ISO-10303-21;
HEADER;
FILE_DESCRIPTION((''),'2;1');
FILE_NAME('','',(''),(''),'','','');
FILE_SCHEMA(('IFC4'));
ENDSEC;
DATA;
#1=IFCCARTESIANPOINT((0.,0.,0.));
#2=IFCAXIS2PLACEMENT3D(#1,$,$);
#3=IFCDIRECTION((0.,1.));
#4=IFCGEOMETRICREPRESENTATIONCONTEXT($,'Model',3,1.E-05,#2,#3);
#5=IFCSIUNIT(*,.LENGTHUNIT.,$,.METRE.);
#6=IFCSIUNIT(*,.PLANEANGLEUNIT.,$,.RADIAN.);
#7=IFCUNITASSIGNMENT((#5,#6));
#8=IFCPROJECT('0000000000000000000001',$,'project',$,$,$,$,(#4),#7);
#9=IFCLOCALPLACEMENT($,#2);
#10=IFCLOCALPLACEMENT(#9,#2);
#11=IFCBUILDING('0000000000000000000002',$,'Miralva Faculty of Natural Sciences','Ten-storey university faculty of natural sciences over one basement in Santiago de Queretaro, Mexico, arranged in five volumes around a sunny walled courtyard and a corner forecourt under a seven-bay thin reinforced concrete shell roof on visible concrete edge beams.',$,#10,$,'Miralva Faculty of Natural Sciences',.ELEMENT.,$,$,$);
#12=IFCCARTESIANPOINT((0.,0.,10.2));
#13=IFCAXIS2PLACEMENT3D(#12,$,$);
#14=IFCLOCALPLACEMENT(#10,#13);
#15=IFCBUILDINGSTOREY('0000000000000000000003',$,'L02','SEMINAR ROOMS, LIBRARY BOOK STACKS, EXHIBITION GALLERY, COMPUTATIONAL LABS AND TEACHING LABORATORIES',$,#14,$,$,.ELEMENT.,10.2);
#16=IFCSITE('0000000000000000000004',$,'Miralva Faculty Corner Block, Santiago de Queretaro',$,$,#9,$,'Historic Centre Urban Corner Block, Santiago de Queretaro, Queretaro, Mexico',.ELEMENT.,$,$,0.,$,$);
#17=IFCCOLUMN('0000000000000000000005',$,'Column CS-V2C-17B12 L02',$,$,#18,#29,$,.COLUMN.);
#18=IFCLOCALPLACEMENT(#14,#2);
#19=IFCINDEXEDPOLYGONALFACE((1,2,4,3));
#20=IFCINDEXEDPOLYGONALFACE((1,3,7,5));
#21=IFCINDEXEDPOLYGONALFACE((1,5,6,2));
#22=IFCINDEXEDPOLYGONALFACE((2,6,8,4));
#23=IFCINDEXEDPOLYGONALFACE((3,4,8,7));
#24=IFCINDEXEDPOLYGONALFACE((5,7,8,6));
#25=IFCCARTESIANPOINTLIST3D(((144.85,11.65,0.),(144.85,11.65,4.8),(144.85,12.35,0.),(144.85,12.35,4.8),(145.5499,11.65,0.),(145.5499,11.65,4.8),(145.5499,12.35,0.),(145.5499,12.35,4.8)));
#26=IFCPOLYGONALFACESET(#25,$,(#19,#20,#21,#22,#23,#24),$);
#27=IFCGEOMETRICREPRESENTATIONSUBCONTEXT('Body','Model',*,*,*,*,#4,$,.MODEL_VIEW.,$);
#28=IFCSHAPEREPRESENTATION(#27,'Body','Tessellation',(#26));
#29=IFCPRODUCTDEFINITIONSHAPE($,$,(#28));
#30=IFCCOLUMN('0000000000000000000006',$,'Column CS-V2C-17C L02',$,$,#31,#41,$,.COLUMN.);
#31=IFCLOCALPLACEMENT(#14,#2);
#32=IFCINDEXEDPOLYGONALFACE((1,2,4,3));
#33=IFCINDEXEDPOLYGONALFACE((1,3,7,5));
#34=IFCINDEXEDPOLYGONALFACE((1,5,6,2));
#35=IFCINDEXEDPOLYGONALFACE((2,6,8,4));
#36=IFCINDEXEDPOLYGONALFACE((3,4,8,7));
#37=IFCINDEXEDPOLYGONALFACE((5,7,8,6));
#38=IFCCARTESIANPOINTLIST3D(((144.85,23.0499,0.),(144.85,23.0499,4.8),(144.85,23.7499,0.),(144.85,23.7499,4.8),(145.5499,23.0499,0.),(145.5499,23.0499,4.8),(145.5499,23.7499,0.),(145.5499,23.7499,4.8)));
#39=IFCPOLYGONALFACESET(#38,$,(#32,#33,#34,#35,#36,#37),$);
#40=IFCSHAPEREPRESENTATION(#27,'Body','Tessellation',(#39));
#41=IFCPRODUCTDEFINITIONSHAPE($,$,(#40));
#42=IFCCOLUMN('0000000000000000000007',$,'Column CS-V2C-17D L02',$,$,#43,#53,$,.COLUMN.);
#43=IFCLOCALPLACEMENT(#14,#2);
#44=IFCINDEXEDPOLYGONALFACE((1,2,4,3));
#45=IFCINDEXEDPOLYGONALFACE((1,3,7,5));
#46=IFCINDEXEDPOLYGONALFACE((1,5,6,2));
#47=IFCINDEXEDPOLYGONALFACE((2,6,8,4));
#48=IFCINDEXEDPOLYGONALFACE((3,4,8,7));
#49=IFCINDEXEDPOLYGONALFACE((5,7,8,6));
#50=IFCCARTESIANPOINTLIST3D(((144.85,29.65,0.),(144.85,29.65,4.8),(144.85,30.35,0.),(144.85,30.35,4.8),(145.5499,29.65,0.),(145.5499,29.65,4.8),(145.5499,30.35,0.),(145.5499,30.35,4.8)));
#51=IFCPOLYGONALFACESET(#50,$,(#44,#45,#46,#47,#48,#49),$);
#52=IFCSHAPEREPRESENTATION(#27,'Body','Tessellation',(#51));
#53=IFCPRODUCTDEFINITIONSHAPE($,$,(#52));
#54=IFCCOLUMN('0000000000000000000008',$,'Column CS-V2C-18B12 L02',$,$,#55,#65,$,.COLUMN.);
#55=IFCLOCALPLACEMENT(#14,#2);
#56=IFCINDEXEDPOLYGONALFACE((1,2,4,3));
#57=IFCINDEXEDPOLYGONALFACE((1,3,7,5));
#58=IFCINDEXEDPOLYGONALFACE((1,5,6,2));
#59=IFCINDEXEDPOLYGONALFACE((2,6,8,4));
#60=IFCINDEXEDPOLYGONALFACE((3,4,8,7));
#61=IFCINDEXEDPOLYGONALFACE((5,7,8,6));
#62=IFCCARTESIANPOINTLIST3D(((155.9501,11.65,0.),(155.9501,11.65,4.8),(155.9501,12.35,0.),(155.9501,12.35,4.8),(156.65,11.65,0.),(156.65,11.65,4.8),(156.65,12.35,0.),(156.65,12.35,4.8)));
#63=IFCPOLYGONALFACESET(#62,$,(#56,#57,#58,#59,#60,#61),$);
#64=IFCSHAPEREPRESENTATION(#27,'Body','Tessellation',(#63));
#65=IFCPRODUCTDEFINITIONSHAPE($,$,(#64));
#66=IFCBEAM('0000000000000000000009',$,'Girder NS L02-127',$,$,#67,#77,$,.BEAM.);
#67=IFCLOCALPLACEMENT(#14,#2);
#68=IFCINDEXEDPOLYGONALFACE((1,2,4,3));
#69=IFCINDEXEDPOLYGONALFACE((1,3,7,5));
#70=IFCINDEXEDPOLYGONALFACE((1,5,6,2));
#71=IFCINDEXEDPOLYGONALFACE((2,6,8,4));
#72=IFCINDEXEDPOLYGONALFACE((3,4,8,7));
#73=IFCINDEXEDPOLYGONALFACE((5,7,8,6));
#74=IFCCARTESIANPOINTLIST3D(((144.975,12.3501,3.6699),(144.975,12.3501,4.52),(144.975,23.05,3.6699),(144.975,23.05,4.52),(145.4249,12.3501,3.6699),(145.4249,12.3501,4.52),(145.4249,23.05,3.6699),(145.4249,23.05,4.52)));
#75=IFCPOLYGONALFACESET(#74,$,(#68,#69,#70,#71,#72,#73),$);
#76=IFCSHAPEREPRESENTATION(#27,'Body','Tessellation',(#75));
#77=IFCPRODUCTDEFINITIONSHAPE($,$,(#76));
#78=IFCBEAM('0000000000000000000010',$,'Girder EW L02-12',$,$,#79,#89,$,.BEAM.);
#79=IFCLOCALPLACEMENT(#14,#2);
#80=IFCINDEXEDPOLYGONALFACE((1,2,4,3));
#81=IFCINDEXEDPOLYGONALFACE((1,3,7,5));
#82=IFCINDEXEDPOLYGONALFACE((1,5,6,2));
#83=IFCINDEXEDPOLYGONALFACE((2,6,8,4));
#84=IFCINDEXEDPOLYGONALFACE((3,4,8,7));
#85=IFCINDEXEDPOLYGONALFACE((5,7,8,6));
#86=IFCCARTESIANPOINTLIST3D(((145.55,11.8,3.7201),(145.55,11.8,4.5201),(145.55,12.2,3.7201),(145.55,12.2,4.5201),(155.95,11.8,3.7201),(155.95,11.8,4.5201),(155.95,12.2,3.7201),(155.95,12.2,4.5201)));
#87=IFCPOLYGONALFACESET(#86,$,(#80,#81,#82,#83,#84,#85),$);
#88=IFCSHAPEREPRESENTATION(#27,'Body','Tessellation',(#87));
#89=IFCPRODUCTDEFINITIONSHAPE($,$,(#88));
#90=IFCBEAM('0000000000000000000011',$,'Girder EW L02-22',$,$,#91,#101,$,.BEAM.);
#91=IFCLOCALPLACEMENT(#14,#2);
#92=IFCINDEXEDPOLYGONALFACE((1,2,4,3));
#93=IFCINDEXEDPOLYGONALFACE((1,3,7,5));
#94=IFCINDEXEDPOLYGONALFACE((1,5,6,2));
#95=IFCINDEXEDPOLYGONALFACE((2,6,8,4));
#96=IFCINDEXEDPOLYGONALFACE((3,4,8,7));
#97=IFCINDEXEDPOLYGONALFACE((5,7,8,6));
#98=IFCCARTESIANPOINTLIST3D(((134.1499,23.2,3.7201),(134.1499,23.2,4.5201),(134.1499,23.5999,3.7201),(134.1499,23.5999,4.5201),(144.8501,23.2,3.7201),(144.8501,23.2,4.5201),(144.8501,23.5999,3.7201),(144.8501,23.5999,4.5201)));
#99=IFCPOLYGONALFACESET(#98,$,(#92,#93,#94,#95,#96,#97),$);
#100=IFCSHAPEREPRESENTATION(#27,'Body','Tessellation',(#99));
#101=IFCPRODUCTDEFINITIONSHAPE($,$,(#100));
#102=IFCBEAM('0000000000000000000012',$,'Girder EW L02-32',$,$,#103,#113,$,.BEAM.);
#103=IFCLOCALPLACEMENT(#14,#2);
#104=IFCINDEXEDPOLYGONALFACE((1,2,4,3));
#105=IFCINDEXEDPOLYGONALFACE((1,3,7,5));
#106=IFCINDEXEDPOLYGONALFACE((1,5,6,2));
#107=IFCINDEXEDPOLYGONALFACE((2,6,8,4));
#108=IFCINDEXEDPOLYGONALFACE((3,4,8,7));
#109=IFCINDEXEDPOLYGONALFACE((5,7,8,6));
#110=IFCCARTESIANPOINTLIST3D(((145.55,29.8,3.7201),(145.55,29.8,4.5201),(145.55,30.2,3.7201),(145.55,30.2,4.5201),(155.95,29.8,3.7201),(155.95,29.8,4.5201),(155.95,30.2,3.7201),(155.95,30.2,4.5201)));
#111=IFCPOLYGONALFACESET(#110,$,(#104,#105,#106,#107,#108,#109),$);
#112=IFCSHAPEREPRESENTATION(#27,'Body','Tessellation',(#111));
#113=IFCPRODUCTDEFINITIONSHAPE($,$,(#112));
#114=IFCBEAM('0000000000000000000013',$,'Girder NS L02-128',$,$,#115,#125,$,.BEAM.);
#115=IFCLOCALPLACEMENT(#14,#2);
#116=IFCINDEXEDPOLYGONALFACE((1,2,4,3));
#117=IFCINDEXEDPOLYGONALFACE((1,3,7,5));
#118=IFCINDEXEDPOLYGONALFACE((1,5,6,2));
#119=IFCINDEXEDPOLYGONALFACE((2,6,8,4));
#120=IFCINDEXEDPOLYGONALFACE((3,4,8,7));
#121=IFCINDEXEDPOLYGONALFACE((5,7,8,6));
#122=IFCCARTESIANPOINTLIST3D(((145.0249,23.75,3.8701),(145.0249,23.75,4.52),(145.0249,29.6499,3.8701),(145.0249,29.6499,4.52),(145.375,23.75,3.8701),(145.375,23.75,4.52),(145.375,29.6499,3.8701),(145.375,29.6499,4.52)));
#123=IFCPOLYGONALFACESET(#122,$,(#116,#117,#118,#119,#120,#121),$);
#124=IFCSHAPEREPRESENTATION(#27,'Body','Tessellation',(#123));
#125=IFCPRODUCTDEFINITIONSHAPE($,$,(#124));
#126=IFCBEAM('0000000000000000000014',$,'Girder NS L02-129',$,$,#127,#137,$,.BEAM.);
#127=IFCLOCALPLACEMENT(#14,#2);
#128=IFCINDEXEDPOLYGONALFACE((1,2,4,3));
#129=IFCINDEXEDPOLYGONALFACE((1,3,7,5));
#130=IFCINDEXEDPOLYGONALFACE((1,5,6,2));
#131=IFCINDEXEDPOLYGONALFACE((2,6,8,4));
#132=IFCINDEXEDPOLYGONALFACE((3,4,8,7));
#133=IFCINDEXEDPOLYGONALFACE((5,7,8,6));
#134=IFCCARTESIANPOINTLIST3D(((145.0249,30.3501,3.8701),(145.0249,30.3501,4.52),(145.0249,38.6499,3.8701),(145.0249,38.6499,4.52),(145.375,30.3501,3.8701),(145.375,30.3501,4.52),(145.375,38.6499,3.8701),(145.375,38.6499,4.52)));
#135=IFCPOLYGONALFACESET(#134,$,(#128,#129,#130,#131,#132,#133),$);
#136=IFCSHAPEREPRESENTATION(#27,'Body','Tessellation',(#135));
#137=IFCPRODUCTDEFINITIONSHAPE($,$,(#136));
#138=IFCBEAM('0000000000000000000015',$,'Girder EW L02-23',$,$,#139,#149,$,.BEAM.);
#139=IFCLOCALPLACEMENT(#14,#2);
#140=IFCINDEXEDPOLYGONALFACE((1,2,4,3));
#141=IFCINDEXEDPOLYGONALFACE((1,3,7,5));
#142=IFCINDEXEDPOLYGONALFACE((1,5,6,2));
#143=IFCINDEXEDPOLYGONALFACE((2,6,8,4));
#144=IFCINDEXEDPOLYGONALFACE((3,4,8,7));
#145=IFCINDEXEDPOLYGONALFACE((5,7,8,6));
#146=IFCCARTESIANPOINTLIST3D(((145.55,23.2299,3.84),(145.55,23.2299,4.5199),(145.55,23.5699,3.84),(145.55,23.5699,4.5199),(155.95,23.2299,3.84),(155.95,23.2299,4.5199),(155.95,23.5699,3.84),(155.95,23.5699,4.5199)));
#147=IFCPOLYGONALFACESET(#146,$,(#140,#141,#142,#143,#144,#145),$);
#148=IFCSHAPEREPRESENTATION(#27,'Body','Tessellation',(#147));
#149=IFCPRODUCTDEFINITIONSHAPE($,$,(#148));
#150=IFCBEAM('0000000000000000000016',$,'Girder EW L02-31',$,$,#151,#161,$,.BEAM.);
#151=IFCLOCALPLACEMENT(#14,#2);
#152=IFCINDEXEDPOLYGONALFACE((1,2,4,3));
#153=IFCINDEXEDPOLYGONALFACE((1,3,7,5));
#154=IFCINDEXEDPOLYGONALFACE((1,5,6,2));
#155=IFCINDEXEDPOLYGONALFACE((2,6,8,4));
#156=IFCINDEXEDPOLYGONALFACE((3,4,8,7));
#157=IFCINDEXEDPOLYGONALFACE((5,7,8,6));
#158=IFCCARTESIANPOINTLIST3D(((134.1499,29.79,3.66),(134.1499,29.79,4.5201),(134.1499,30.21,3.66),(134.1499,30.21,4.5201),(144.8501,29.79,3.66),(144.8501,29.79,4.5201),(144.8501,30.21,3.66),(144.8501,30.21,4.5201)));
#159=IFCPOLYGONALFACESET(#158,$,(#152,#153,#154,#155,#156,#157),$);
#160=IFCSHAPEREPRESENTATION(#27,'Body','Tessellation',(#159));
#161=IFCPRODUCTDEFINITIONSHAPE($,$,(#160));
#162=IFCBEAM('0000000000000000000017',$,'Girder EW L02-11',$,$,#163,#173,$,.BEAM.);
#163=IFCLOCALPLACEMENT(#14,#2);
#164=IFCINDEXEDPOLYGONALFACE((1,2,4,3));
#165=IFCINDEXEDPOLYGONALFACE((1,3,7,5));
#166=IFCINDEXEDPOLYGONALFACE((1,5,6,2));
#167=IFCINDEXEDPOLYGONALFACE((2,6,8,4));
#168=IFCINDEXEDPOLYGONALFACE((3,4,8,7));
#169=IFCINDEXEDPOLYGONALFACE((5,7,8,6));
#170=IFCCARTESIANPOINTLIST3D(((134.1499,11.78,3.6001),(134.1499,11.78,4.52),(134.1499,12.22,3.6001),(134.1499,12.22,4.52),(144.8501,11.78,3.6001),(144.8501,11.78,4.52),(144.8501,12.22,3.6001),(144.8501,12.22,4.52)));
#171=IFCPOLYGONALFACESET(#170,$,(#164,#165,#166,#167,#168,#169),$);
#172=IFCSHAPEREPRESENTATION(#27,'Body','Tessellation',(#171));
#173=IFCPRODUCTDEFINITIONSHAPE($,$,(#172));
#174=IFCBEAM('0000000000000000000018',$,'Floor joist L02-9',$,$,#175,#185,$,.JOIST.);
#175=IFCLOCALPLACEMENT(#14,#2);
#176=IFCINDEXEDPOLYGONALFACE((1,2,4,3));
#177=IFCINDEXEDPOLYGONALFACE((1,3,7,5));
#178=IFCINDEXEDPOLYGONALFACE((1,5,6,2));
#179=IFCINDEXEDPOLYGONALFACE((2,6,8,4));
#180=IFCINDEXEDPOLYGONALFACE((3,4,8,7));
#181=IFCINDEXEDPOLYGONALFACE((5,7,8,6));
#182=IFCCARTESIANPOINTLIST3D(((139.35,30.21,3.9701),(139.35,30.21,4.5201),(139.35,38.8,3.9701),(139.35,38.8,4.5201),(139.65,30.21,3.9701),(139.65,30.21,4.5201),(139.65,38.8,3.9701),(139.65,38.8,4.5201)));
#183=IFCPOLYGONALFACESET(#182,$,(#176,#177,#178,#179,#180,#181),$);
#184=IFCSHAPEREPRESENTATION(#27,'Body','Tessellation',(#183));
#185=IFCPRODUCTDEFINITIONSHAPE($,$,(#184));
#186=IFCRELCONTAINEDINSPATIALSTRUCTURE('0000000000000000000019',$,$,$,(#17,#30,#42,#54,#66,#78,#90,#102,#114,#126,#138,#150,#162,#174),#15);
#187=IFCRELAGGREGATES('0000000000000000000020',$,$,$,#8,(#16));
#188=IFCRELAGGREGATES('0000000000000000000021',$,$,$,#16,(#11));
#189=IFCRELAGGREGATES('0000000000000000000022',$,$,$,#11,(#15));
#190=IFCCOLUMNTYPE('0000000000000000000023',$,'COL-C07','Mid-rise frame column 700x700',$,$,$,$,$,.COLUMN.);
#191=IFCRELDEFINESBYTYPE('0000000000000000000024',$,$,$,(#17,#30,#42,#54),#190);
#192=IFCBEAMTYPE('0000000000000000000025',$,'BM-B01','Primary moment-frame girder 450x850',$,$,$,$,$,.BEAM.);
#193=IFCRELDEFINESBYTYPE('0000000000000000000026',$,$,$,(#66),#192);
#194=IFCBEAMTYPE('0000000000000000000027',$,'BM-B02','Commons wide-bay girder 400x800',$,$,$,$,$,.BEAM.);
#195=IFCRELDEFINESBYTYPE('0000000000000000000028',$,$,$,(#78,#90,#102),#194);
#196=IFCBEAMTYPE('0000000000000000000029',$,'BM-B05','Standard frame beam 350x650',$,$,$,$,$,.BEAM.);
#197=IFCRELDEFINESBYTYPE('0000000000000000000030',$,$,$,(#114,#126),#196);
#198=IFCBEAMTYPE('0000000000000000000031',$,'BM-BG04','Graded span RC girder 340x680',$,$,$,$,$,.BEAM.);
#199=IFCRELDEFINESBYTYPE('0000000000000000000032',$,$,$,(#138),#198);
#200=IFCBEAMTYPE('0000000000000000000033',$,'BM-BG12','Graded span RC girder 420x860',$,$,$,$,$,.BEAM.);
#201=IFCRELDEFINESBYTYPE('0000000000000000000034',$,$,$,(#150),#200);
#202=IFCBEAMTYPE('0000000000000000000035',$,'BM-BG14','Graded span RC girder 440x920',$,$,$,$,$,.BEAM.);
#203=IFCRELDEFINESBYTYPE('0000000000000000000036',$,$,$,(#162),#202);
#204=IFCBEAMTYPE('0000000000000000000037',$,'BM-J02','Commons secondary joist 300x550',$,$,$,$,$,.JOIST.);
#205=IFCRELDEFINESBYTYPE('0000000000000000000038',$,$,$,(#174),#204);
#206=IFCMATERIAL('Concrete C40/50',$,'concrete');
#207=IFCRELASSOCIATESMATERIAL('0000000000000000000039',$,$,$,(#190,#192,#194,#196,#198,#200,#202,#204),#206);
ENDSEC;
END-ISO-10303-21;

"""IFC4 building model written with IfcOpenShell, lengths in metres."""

from ifc_helpers import new_model, si_unit, direction, frame, origin, origin_2d, place, context, subcontext, project, spatial, rectangle, extrude, material, material_profile, profile_set, type_object, element, save


model = new_model("IFC4")

# Units and contexts
model_context = context("Model", 3, precision=1e-05, world=origin(), true_north=direction((0.0, 1.0)))
body_context = subcontext(model_context, "Body", "Model", "MODEL_VIEW")
ifc_project = project(units=[si_unit("LENGTHUNIT", "METRE"), si_unit("PLANEANGLEUNIT", "RADIAN")], contexts=[model_context])

# Site, building, storey
site_placement = place(None, origin())
site = spatial("IfcSite", under=ifc_project, at=site_placement, Name="Miralva Faculty Corner Block, Santiago de Queretaro", LongName="Historic Centre Urban Corner Block, Santiago de Queretaro, Queretaro, Mexico", CompositionType="ELEMENT", RefElevation=0.0)
building_placement = place(site_placement, origin())
building = spatial("IfcBuilding", under=site, at=building_placement, Name="Miralva Faculty of Natural Sciences", Description="Ten-storey university faculty of natural sciences over one basement in Santiago de Queretaro, Mexico, arranged in five volumes around a sunny walled courtyard and a corner forecourt under a seven-bay thin reinforced concrete shell roof on visible concrete edge beams.", LongName="Miralva Faculty of Natural Sciences", CompositionType="ELEMENT")
storey_placement = place(building_placement, frame((0.0, 0.0, 10.2)))
storey = spatial("IfcBuildingStorey", under=building, at=storey_placement, Name="L02", Description="SEMINAR ROOMS, LIBRARY BOOK STACKS, EXHIBITION GALLERY, COMPUTATIONAL LABS AND TEACHING LABORATORIES", CompositionType="ELEMENT", Elevation=10.2)

# Columns
ifc_material_1 = material(Name="Concrete C40/50", Category="concrete")
ifc_material_profile_1 = material_profile(ifc_material_1, rectangle(XDim=0.7, YDim=0.7, at=origin_2d()), Name="RC 700x700")
ifc_profile_set_1 = profile_set([ifc_material_profile_1], Name="Concrete C40/50")
column_type = type_object("IfcColumnType", Name="COL-C07", Description="Mid-rise frame column 700x700", PredefinedType="COLUMN", material=ifc_profile_set_1)
for number, where, z_axis, x_axis, name in (
    (1, (145.2, 12.0, 0.0), (0.0, 0.0, 1.0), (1.0, 0.0, 0.0), "Column CS-V2C-17B12 L02"),
    (2, (145.2, 23.3999, 0.0), (0.0, 0.0, 1.0), (1.0, 0.0, 0.0), "Column CS-V2C-17C L02"),
    (3, (145.2, 30.0, 0.0), (0.0, 0.0, 1.0), (1.0, 0.0, 0.0), "Column CS-V2C-17D L02"),
    (4, (156.3, 12.0, 0.0), (0.0, 0.0, 1.0), (1.0, 0.0, 0.0), "Column CS-V2C-18B12 L02"),
):
    element("IfcColumn", number, at=place(storey_placement, frame(where, z_axis=z_axis, x_axis=x_axis)), inside=storey, type_object=column_type, Name=name, PredefinedType="COLUMN", context=body_context, shape_type="SweptSolid", body=[
        extrude(rectangle(XDim=0.7, YDim=0.7, at=origin_2d()), origin(), (0.0, 0.0, 1.0), 4.8),
    ])

# Beams
ifc_material_profile_2 = material_profile(ifc_material_1, rectangle(XDim=0.45, YDim=0.8501, at=origin_2d()), Name="RC 450x850")
ifc_profile_set_2 = profile_set([ifc_material_profile_2], Name="Concrete C40/50")
beam_type_1 = type_object("IfcBeamType", Name="BM-B01", Description="Primary moment-frame girder 450x850", PredefinedType="BEAM", material=ifc_profile_set_2)
beam_1_placement = place(storey_placement, frame((145.2, 12.3501, 4.095), z_axis=(0.0, 1.0, 0.0), x_axis=(-1.0, 0.0, 0.0)))
element("IfcBeam", 5, at=beam_1_placement, inside=storey, type_object=beam_type_1, Name="Girder NS L02-127", PredefinedType="BEAM", context=body_context, shape_type="SweptSolid", body=[
    extrude(rectangle(XDim=0.45, YDim=0.8501, at=origin_2d()), origin(), (0.0, 0.0, 1.0), 10.7),
])
ifc_material_profile_3 = material_profile(ifc_material_1, rectangle(XDim=0.3999, YDim=0.8, at=origin_2d()), Name="RC 400x800")
ifc_profile_set_3 = profile_set([ifc_material_profile_3], Name="Concrete C40/50")
beam_type_2 = type_object("IfcBeamType", Name="BM-B02", Description="Commons wide-bay girder 400x800", PredefinedType="BEAM", material=ifc_profile_set_3)
beam_2_placement = place(storey_placement, frame((145.55, 12.0, 4.1201), z_axis=(1.0, 0.0, 0.0), x_axis=(0.0, 1.0, 0.0)))
element("IfcBeam", 6, at=beam_2_placement, inside=storey, type_object=beam_type_2, Name="Girder EW L02-12", PredefinedType="BEAM", context=body_context, shape_type="SweptSolid", body=[
    extrude(rectangle(XDim=0.3999, YDim=0.8, at=origin_2d()), origin(), (0.0, 0.0, 1.0), 10.3999),
])
beam_3_placement = place(storey_placement, frame((134.1499, 23.3999, 4.1201), z_axis=(1.0, 0.0, 0.0), x_axis=(0.0, 1.0, 0.0)))
element("IfcBeam", 7, at=beam_3_placement, inside=storey, type_object=beam_type_2, Name="Girder EW L02-22", PredefinedType="BEAM", context=body_context, shape_type="SweptSolid", body=[
    extrude(rectangle(XDim=0.3999, YDim=0.8, at=origin_2d()), origin(), (0.0, 0.0, 1.0), 10.7002),
])
beam_4_placement = place(storey_placement, frame((145.55, 30.0, 4.1201), z_axis=(1.0, 0.0, 0.0), x_axis=(0.0, 1.0, 0.0)))
element("IfcBeam", 8, at=beam_4_placement, inside=storey, type_object=beam_type_2, Name="Girder EW L02-32", PredefinedType="BEAM", context=body_context, shape_type="SweptSolid", body=[
    extrude(rectangle(XDim=0.3999, YDim=0.8, at=origin_2d()), origin(), (0.0, 0.0, 1.0), 10.3999),
])
ifc_material_profile_4 = material_profile(ifc_material_1, rectangle(XDim=0.3501, YDim=0.6499, at=origin_2d()), Name="RC 350x650")
ifc_profile_set_4 = profile_set([ifc_material_profile_4], Name="Concrete C40/50")
beam_type_3 = type_object("IfcBeamType", Name="BM-B05", Description="Standard frame beam 350x650", PredefinedType="BEAM", material=ifc_profile_set_4)
beam_5_placement = place(storey_placement, frame((145.2, 23.75, 4.1951), z_axis=(0.0, 1.0, 0.0), x_axis=(-1.0, 0.0, 0.0)))
element("IfcBeam", 9, at=beam_5_placement, inside=storey, type_object=beam_type_3, Name="Girder NS L02-128", PredefinedType="BEAM", context=body_context, shape_type="SweptSolid", body=[
    extrude(rectangle(XDim=0.3501, YDim=0.6499, at=origin_2d()), origin(), (0.0, 0.0, 1.0), 5.8999),
])
beam_6_placement = place(storey_placement, frame((145.2, 30.3501, 4.1951), z_axis=(0.0, 1.0, 0.0), x_axis=(-1.0, 0.0, 0.0)))
element("IfcBeam", 10, at=beam_6_placement, inside=storey, type_object=beam_type_3, Name="Girder NS L02-129", PredefinedType="BEAM", context=body_context, shape_type="SweptSolid", body=[
    extrude(rectangle(XDim=0.3501, YDim=0.6499, at=origin_2d()), origin(), (0.0, 0.0, 1.0), 8.2998),
])
ifc_material_profile_5 = material_profile(ifc_material_1, rectangle(XDim=0.3401, YDim=0.6799, at=origin_2d()), Name="RC 340x680")
ifc_profile_set_5 = profile_set([ifc_material_profile_5], Name="Concrete C40/50")
beam_type_4 = type_object("IfcBeamType", Name="BM-BG04", Description="Graded span RC girder 340x680", PredefinedType="BEAM", material=ifc_profile_set_5)
beam_7_placement = place(storey_placement, frame((145.55, 23.3999, 4.1799), z_axis=(1.0, 0.0, 0.0), x_axis=(0.0, 1.0, 0.0)))
element("IfcBeam", 11, at=beam_7_placement, inside=storey, type_object=beam_type_4, Name="Girder EW L02-23", PredefinedType="BEAM", context=body_context, shape_type="SweptSolid", body=[
    extrude(rectangle(XDim=0.3401, YDim=0.6799, at=origin_2d()), origin(), (0.0, 0.0, 1.0), 10.3999),
])
ifc_material_profile_6 = material_profile(ifc_material_1, rectangle(XDim=0.4199, YDim=0.8601, at=origin_2d()), Name="RC 420x860")
ifc_profile_set_6 = profile_set([ifc_material_profile_6], Name="Concrete C40/50")
beam_type_5 = type_object("IfcBeamType", Name="BM-BG12", Description="Graded span RC girder 420x860", PredefinedType="BEAM", material=ifc_profile_set_6)
beam_8_placement = place(storey_placement, frame((134.1499, 30.0, 4.0901), z_axis=(1.0, 0.0, 0.0), x_axis=(0.0, 1.0, 0.0)))
element("IfcBeam", 12, at=beam_8_placement, inside=storey, type_object=beam_type_5, Name="Girder EW L02-31", PredefinedType="BEAM", context=body_context, shape_type="SweptSolid", body=[
    extrude(rectangle(XDim=0.4199, YDim=0.8601, at=origin_2d()), origin(), (0.0, 0.0, 1.0), 10.7002),
])
ifc_material_profile_7 = material_profile(ifc_material_1, rectangle(XDim=0.4399, YDim=0.9199, at=origin_2d()), Name="RC 440x920")
ifc_profile_set_7 = profile_set([ifc_material_profile_7], Name="Concrete C40/50")
beam_type_6 = type_object("IfcBeamType", Name="BM-BG14", Description="Graded span RC girder 440x920", PredefinedType="BEAM", material=ifc_profile_set_7)
beam_9_placement = place(storey_placement, frame((134.1499, 12.0, 4.0601), z_axis=(1.0, 0.0, 0.0), x_axis=(0.0, 1.0, 0.0)))
element("IfcBeam", 13, at=beam_9_placement, inside=storey, type_object=beam_type_6, Name="Girder EW L02-11", PredefinedType="BEAM", context=body_context, shape_type="SweptSolid", body=[
    extrude(rectangle(XDim=0.4399, YDim=0.9199, at=origin_2d()), origin(), (0.0, 0.0, 1.0), 10.7002),
])
ifc_material_profile_8 = material_profile(ifc_material_1, rectangle(XDim=0.3, YDim=0.55, at=origin_2d()), Name="RC 300x550")
ifc_profile_set_8 = profile_set([ifc_material_profile_8], Name="Concrete C40/50")
beam_type_7 = type_object("IfcBeamType", Name="BM-J02", Description="Commons secondary joist 300x550", PredefinedType="JOIST", material=ifc_profile_set_8)
beam_10_placement = place(storey_placement, frame((139.5, 30.21, 4.2451), z_axis=(0.0, 1.0, 0.0), x_axis=(-1.0, 0.0, 0.0)))
element("IfcBeam", 14, at=beam_10_placement, inside=storey, type_object=beam_type_7, Name="Floor joist L02-9", PredefinedType="JOIST", context=body_context, shape_type="SweptSolid", body=[
    extrude(rectangle(XDim=0.3, YDim=0.55, at=origin_2d()), origin(), (0.0, 0.0, 1.0), 8.5901),
])

save(model, "model.ifc")
